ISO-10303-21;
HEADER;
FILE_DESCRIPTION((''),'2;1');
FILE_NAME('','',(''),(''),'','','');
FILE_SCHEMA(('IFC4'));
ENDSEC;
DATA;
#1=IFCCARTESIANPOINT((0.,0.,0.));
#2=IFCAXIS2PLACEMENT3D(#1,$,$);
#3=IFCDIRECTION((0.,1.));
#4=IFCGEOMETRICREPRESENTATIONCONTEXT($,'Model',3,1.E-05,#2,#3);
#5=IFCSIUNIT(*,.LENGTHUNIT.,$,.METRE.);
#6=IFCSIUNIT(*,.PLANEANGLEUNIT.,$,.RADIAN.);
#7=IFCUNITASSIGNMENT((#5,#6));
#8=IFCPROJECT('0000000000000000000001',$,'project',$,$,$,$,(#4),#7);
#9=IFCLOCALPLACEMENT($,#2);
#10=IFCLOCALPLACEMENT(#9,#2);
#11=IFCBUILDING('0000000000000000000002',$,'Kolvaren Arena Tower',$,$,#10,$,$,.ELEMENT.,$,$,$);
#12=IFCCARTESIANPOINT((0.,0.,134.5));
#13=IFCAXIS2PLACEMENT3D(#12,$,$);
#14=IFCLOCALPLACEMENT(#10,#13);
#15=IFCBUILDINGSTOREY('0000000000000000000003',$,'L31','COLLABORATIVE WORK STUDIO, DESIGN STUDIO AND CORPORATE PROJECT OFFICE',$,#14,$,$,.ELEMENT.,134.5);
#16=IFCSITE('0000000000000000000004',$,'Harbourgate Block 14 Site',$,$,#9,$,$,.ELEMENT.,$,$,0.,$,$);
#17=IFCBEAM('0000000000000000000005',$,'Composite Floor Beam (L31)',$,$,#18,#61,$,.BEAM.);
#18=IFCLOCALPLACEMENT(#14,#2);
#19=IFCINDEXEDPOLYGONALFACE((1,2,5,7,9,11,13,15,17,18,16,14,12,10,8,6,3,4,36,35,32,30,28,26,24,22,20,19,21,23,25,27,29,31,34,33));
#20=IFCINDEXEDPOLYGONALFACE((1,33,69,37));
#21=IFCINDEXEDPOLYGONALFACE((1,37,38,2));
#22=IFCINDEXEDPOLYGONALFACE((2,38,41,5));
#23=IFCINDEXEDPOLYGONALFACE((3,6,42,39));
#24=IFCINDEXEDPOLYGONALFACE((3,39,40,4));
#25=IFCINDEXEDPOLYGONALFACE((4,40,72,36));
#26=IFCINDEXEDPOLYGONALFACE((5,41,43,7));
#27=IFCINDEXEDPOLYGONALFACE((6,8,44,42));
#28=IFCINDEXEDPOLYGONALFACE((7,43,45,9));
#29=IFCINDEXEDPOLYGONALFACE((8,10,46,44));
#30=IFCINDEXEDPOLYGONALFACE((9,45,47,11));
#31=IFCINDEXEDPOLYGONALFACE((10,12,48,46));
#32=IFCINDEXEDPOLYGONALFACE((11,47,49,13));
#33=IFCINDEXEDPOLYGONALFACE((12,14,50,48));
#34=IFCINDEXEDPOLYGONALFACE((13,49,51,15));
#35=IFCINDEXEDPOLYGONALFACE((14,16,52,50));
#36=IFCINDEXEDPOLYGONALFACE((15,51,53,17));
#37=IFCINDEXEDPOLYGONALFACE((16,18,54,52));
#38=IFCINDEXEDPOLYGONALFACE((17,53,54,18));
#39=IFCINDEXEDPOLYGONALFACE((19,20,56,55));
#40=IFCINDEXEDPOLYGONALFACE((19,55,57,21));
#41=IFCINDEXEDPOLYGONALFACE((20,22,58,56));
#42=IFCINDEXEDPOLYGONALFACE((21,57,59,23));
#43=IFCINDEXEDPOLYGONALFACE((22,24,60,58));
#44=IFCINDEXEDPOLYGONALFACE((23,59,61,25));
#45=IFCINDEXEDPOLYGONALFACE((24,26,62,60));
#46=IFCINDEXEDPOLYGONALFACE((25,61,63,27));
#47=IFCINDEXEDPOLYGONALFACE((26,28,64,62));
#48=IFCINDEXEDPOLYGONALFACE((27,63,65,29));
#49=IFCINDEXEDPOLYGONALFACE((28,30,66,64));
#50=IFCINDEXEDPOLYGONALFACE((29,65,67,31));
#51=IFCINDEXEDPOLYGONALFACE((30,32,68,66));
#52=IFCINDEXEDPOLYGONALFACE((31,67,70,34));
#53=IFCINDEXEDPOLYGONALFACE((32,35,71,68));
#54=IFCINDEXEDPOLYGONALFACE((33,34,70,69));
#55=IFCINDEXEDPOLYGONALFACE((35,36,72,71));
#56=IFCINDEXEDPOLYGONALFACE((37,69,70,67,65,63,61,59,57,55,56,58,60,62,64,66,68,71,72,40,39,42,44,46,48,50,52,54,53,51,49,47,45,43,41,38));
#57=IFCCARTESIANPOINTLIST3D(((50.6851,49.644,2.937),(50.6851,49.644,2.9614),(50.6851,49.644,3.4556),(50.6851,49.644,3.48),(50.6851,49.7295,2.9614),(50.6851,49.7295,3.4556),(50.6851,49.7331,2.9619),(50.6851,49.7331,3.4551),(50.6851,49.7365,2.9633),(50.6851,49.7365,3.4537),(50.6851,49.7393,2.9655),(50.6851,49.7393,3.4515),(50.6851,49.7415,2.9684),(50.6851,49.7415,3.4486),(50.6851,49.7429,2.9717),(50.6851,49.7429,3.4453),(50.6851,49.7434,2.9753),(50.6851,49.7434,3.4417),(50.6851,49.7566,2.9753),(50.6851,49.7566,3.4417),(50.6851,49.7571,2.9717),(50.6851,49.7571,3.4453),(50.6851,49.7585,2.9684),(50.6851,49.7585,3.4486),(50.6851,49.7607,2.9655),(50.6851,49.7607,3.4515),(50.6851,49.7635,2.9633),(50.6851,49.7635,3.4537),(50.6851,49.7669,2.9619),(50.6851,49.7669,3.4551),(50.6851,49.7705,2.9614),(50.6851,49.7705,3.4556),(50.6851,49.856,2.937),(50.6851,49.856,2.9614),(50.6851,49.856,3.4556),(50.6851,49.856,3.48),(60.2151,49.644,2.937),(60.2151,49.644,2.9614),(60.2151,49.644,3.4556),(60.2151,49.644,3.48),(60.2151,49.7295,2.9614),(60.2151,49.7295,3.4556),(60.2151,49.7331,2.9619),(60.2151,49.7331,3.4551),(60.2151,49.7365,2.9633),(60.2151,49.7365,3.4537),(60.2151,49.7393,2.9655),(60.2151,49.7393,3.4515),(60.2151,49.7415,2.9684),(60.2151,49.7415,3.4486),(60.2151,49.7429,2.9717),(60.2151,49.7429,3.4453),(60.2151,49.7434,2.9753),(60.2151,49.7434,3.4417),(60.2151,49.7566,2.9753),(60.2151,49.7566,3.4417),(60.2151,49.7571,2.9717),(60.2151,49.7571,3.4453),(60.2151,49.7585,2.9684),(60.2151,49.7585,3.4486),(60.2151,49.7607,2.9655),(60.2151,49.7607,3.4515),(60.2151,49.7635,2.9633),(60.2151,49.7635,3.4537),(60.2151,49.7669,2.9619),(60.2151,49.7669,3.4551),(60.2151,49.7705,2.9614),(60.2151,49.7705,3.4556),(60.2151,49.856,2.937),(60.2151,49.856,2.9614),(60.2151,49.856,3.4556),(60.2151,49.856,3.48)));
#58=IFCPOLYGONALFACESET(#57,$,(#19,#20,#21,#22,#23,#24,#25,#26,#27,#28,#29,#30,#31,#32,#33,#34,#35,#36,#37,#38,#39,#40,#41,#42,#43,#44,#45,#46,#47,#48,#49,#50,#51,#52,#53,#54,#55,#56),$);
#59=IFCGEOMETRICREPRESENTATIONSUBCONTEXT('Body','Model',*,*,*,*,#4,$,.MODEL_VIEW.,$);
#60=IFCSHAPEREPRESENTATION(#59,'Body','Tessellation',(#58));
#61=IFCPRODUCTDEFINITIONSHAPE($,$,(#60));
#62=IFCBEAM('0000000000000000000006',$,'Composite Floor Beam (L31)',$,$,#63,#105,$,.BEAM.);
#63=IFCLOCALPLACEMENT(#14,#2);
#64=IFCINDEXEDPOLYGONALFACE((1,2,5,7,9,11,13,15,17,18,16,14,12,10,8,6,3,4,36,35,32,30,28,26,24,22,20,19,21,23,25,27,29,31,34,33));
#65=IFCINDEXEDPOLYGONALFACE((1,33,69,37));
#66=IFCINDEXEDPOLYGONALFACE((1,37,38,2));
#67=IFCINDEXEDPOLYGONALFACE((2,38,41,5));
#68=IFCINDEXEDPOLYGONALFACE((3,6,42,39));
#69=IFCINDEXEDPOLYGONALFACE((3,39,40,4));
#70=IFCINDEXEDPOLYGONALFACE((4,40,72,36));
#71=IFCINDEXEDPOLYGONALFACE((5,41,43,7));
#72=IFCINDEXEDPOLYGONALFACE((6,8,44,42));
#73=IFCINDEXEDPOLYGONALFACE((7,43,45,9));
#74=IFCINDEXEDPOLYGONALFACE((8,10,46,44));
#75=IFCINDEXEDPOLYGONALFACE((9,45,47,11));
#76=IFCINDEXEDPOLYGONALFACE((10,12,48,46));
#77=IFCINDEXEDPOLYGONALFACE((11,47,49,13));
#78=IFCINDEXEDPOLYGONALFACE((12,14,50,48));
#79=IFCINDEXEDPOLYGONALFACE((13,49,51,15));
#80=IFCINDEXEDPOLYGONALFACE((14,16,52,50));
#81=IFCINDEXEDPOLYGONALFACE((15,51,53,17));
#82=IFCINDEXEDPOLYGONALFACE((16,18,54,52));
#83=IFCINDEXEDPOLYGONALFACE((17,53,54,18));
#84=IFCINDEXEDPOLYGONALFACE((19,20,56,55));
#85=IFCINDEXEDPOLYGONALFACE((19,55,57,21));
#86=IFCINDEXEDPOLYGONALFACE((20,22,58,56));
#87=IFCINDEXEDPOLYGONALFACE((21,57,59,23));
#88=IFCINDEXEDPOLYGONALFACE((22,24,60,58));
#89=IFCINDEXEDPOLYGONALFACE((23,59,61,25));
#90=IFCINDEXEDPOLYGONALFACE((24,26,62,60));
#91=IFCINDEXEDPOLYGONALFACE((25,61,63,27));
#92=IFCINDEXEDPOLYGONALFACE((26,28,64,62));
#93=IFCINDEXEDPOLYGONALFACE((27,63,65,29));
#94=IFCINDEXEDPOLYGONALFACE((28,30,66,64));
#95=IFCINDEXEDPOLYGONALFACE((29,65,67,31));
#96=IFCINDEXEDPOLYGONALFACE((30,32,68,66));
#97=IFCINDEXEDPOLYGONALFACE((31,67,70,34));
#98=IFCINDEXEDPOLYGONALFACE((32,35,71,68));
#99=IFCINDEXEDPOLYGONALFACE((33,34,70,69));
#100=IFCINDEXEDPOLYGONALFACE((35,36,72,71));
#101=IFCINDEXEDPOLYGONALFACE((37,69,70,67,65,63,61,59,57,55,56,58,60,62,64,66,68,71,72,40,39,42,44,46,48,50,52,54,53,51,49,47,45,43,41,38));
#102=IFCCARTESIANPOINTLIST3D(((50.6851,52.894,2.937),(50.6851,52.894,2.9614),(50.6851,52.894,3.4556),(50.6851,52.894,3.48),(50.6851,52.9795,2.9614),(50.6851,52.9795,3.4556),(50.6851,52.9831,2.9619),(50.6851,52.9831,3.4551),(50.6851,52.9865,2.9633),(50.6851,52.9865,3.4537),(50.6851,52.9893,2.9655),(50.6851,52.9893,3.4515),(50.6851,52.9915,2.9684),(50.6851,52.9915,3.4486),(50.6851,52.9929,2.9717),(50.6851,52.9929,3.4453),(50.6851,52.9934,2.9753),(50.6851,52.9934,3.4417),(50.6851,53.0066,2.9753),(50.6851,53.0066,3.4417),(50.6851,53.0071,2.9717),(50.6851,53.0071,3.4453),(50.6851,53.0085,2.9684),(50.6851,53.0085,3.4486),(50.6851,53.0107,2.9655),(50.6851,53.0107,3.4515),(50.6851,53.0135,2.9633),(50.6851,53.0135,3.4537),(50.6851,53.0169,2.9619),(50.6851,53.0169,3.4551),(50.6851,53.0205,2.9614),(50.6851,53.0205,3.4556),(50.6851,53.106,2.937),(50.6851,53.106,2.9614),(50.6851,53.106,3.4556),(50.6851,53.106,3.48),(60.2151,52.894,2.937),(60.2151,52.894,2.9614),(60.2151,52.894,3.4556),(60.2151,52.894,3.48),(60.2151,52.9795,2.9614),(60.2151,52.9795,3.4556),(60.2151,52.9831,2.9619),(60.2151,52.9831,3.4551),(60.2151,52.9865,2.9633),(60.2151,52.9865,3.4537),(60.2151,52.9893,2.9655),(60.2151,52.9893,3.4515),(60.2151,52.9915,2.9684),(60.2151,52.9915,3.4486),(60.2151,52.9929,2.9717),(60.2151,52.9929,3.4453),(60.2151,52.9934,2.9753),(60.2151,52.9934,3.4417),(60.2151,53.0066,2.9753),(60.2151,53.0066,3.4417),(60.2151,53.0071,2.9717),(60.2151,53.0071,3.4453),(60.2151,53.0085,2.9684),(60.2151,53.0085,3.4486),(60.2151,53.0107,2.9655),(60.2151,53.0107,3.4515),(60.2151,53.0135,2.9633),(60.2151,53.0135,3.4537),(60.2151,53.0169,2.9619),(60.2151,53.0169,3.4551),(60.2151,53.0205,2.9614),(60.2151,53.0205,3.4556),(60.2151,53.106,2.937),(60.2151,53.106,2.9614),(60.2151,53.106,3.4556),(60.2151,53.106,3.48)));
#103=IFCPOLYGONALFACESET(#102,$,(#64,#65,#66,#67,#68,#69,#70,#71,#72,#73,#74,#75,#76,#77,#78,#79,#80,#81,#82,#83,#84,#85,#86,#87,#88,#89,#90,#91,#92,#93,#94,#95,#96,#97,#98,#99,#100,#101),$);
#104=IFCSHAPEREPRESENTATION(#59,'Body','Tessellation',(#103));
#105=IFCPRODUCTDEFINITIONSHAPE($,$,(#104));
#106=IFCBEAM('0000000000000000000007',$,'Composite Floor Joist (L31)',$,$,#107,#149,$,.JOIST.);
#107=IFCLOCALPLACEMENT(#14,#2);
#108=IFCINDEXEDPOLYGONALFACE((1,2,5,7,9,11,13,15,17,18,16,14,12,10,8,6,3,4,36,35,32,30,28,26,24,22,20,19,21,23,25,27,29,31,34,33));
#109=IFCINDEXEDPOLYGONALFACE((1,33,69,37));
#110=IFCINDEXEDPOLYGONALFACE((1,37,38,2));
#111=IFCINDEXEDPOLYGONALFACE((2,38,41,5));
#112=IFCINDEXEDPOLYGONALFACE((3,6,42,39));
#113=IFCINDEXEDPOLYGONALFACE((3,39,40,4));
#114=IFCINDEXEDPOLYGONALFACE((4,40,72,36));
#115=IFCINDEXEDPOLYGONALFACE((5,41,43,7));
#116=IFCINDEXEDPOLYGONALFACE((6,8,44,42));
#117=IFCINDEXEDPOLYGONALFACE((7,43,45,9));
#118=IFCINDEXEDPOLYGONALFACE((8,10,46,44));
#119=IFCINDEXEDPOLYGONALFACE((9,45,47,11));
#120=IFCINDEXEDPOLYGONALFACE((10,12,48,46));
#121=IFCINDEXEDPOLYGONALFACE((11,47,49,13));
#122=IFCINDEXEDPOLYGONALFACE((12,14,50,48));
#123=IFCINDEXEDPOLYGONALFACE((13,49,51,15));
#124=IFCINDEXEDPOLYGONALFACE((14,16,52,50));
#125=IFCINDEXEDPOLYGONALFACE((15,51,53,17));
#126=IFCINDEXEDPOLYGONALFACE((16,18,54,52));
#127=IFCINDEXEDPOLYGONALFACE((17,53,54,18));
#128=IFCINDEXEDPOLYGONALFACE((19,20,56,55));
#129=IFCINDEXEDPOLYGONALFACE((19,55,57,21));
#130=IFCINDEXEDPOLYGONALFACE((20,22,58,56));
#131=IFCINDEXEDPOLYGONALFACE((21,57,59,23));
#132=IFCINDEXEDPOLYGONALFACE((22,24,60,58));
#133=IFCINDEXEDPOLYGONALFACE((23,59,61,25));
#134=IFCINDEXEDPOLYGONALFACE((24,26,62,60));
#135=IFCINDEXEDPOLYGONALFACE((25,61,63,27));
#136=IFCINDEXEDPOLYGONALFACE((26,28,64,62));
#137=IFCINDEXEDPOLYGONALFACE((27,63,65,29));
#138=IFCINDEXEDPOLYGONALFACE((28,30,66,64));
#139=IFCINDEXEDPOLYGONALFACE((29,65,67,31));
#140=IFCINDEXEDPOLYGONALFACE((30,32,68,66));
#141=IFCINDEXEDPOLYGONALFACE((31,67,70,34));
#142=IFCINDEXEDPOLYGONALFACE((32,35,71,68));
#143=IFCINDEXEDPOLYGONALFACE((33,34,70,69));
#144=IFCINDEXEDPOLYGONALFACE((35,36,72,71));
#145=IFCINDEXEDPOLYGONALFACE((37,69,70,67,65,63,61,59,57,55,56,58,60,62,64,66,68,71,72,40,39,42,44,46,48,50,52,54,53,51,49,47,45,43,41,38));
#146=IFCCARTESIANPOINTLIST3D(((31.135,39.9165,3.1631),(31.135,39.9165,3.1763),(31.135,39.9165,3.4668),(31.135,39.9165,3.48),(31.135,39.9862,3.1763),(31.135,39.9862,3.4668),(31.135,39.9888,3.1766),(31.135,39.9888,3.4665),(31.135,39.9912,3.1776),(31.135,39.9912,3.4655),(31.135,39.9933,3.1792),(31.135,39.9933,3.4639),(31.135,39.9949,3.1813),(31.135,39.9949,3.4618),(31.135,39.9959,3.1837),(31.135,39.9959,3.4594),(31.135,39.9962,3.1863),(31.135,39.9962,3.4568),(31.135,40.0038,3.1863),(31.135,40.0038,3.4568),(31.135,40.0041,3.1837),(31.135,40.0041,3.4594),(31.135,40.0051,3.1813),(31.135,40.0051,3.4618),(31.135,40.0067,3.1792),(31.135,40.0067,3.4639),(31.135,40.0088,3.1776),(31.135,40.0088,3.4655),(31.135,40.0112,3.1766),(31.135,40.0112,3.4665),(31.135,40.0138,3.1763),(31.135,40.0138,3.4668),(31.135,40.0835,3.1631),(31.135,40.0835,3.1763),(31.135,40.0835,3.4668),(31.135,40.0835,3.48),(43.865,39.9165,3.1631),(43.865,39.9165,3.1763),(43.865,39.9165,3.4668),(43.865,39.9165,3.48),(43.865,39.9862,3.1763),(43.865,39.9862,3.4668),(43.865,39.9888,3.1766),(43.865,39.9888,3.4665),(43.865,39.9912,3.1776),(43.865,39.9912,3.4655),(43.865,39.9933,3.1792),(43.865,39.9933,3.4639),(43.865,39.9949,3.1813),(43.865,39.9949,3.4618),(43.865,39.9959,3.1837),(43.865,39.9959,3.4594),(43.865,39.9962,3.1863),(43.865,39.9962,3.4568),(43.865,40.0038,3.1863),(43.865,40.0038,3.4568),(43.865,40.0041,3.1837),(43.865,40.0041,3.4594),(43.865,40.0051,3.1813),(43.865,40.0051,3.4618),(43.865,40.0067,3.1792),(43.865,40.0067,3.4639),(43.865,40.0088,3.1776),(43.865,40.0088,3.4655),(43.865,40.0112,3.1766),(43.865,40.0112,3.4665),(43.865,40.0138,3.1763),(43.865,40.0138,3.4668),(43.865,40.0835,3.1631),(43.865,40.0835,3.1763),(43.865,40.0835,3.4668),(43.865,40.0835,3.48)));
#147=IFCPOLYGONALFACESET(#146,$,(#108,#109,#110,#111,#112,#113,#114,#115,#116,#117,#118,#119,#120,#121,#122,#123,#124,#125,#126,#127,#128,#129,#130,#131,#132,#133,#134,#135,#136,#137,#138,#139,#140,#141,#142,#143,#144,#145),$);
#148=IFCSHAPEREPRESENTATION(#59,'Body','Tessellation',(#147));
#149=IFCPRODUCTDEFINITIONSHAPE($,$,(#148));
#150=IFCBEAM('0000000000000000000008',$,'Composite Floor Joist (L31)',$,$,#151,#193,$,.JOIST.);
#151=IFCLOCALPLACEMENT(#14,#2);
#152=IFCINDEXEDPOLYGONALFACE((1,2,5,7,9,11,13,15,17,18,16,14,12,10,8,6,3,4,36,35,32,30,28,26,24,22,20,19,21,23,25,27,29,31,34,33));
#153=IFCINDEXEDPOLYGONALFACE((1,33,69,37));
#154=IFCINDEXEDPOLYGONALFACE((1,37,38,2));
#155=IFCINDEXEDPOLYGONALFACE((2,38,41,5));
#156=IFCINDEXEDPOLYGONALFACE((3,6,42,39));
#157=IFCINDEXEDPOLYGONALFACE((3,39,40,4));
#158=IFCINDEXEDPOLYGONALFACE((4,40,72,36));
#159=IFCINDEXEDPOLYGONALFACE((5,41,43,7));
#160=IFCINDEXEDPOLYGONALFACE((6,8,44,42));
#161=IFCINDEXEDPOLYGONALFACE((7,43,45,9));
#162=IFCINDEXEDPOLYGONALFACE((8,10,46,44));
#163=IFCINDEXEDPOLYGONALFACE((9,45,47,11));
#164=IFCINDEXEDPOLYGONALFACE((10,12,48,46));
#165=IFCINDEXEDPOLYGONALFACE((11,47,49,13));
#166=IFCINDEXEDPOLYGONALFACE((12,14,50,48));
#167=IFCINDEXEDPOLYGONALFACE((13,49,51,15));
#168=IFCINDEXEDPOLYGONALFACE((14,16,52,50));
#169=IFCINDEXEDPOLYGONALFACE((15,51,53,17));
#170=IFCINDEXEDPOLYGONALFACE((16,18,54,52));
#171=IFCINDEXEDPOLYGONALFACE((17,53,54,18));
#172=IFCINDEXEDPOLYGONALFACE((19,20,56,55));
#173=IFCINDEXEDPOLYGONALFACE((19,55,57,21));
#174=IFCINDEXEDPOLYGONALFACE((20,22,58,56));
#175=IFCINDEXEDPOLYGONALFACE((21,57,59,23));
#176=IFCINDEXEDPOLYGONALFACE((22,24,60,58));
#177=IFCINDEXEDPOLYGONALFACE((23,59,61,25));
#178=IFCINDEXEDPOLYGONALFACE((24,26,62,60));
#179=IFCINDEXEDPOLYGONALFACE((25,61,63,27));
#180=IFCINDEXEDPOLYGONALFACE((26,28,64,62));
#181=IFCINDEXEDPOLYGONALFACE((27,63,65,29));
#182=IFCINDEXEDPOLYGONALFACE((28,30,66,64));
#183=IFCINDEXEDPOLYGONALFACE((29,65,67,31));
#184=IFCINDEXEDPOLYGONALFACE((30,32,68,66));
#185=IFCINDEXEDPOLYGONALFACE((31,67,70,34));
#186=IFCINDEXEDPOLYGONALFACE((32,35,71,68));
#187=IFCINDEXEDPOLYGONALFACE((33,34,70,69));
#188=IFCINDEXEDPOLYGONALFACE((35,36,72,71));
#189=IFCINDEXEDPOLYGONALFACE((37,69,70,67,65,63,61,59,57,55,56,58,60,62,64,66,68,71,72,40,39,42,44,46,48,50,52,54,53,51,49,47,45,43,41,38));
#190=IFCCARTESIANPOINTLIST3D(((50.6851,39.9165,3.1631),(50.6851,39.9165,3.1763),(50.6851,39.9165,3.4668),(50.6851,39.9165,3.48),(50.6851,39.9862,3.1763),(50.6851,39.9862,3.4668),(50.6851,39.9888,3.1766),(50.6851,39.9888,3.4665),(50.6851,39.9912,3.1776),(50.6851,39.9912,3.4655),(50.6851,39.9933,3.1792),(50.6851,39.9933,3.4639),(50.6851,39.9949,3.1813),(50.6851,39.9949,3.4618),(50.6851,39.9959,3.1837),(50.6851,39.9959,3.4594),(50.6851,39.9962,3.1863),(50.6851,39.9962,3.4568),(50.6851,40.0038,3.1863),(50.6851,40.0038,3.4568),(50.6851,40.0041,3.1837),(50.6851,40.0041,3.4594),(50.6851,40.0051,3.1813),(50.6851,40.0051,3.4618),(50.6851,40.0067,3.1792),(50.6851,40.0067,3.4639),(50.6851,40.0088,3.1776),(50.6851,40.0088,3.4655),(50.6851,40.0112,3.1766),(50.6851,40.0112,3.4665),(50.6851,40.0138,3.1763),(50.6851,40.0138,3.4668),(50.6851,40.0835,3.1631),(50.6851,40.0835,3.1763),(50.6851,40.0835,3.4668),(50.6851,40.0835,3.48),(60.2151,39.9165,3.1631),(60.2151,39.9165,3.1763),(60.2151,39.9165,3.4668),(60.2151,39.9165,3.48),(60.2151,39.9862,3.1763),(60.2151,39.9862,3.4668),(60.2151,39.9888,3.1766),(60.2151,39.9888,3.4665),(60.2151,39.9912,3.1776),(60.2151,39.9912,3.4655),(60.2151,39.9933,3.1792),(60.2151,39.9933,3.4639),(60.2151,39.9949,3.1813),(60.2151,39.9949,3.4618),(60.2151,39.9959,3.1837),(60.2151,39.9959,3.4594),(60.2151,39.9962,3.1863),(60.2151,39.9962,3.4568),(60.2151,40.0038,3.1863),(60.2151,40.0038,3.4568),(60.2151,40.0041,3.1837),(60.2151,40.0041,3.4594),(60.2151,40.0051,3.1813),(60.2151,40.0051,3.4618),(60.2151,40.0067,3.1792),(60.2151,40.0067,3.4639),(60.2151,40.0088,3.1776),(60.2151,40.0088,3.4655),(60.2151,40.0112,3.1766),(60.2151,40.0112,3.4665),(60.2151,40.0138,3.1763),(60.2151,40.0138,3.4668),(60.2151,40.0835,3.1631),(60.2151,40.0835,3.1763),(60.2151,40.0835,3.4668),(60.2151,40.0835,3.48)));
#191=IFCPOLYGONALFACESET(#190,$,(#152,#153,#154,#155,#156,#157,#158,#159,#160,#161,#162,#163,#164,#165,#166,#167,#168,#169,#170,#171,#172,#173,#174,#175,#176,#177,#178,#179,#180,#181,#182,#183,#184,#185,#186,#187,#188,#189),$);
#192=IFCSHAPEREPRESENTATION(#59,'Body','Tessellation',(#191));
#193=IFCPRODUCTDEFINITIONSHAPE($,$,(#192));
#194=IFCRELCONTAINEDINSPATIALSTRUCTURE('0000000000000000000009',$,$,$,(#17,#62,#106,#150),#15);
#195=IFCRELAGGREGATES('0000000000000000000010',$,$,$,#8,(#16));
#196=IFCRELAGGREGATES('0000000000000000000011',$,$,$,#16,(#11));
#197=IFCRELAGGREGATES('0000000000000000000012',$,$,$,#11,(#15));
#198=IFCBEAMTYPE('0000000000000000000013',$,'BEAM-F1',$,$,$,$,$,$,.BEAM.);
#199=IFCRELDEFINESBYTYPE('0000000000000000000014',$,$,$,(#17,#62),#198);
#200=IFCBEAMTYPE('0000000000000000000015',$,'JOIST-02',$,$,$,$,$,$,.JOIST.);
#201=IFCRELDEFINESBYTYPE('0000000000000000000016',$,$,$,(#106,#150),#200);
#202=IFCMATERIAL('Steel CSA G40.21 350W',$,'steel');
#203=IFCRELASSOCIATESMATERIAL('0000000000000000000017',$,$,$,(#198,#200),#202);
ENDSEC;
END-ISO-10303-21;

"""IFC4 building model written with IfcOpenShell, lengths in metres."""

from ifc_helpers import new_model, si_unit, direction, frame, origin, origin_2d, place, context, subcontext, project, spatial, i_section, extrude, material, material_profile, profile_set, type_object, element, save


model = new_model("IFC4")

# Units and contexts
model_context = context("Model", 3, precision=1e-05, world=origin(), true_north=direction((0.0, 1.0)))
body_context = subcontext(model_context, "Body", "Model", "MODEL_VIEW")
ifc_project = project(units=[si_unit("LENGTHUNIT", "METRE"), si_unit("PLANEANGLEUNIT", "RADIAN")], contexts=[model_context])

# Site, building, storey
site_placement = place(None, origin())
site = spatial("IfcSite", under=ifc_project, at=site_placement, Name="Harbourgate Block 14 Site", CompositionType="ELEMENT", RefElevation=0.0)
building_placement = place(site_placement, origin())
building = spatial("IfcBuilding", under=site, at=building_placement, Name="Kolvaren Arena Tower", CompositionType="ELEMENT")
storey_placement = place(building_placement, frame((0.0, 0.0, 134.5)))
storey = spatial("IfcBuildingStorey", under=building, at=storey_placement, Name="L31", Description="COLLABORATIVE WORK STUDIO, DESIGN STUDIO AND CORPORATE PROJECT OFFICE", CompositionType="ELEMENT", Elevation=134.5)

# Beams
ifc_material_1 = material(Name="Steel CSA G40.21 350W", Category="steel")
ifc_material_profile_1 = material_profile(ifc_material_1, i_section(OverallWidth=0.2119, OverallDepth=0.543, WebThickness=0.0132, FlangeThickness=0.0244, FilletRadius=0.0139, at=origin_2d()), Name="W530x150")
ifc_profile_set_1 = profile_set([ifc_material_profile_1], Name="Steel CSA G40.21 350W")
beam_type_1 = type_object("IfcBeamType", Name="BEAM-F1", PredefinedType="BEAM", material=ifc_profile_set_1)
for number, where, z_axis, x_axis, name in (
    (1, (50.6851, 49.75, 3.2085), (1.0, 0.0, 0.0), (0.0, 1.0, 0.0), "Composite Floor Beam (L31)"),
    (2, (50.6851, 53.0, 3.2085), (1.0, 0.0, 0.0), (0.0, 1.0, 0.0), "Composite Floor Beam (L31)"),
):
    element("IfcBeam", number, at=place(storey_placement, frame(where, z_axis=z_axis, x_axis=x_axis)), inside=storey, type_object=beam_type_1, Name=name, PredefinedType="BEAM", context=body_context, shape_type="SweptSolid", body=[
        extrude(i_section(OverallWidth=0.2119, OverallDepth=0.543, WebThickness=0.0132, FlangeThickness=0.0244, FilletRadius=0.0139, at=origin_2d()), origin(), (0.0, 0.0, 1.0), 9.53),
    ])
ifc_material_profile_2 = material_profile(ifc_material_1, i_section(OverallWidth=0.167, OverallDepth=0.3169, WebThickness=0.0076, FlangeThickness=0.0132, FilletRadius=0.01, at=origin_2d()), Name="W310x52")
ifc_profile_set_2 = profile_set([ifc_material_profile_2], Name="Steel CSA G40.21 350W")
beam_type_2 = type_object("IfcBeamType", Name="JOIST-02", PredefinedType="JOIST", material=ifc_profile_set_2)
beam_1_placement = place(storey_placement, frame((31.135, 40.0, 3.3215), z_axis=(1.0, 0.0, 0.0), x_axis=(0.0, 1.0, 0.0)))
element("IfcBeam", 3, at=beam_1_placement, inside=storey, type_object=beam_type_2, Name="Composite Floor Joist (L31)", PredefinedType="JOIST", context=body_context, shape_type="SweptSolid", body=[
    extrude(i_section(OverallWidth=0.167, OverallDepth=0.3169, WebThickness=0.0076, FlangeThickness=0.0132, FilletRadius=0.01, at=origin_2d()), origin(), (0.0, 0.0, 1.0), 12.73),
])
beam_2_placement = place(storey_placement, frame((50.6851, 40.0, 3.3215), z_axis=(1.0, 0.0, 0.0), x_axis=(0.0, 1.0, 0.0)))
element("IfcBeam", 4, at=beam_2_placement, inside=storey, type_object=beam_type_2, Name="Composite Floor Joist (L31)", PredefinedType="JOIST", context=body_context, shape_type="SweptSolid", body=[
    extrude(i_section(OverallWidth=0.167, OverallDepth=0.3169, WebThickness=0.0076, FlangeThickness=0.0132, FilletRadius=0.01, at=origin_2d()), origin(), (0.0, 0.0, 1.0), 9.53),
])

save(model, "model.ifc")
